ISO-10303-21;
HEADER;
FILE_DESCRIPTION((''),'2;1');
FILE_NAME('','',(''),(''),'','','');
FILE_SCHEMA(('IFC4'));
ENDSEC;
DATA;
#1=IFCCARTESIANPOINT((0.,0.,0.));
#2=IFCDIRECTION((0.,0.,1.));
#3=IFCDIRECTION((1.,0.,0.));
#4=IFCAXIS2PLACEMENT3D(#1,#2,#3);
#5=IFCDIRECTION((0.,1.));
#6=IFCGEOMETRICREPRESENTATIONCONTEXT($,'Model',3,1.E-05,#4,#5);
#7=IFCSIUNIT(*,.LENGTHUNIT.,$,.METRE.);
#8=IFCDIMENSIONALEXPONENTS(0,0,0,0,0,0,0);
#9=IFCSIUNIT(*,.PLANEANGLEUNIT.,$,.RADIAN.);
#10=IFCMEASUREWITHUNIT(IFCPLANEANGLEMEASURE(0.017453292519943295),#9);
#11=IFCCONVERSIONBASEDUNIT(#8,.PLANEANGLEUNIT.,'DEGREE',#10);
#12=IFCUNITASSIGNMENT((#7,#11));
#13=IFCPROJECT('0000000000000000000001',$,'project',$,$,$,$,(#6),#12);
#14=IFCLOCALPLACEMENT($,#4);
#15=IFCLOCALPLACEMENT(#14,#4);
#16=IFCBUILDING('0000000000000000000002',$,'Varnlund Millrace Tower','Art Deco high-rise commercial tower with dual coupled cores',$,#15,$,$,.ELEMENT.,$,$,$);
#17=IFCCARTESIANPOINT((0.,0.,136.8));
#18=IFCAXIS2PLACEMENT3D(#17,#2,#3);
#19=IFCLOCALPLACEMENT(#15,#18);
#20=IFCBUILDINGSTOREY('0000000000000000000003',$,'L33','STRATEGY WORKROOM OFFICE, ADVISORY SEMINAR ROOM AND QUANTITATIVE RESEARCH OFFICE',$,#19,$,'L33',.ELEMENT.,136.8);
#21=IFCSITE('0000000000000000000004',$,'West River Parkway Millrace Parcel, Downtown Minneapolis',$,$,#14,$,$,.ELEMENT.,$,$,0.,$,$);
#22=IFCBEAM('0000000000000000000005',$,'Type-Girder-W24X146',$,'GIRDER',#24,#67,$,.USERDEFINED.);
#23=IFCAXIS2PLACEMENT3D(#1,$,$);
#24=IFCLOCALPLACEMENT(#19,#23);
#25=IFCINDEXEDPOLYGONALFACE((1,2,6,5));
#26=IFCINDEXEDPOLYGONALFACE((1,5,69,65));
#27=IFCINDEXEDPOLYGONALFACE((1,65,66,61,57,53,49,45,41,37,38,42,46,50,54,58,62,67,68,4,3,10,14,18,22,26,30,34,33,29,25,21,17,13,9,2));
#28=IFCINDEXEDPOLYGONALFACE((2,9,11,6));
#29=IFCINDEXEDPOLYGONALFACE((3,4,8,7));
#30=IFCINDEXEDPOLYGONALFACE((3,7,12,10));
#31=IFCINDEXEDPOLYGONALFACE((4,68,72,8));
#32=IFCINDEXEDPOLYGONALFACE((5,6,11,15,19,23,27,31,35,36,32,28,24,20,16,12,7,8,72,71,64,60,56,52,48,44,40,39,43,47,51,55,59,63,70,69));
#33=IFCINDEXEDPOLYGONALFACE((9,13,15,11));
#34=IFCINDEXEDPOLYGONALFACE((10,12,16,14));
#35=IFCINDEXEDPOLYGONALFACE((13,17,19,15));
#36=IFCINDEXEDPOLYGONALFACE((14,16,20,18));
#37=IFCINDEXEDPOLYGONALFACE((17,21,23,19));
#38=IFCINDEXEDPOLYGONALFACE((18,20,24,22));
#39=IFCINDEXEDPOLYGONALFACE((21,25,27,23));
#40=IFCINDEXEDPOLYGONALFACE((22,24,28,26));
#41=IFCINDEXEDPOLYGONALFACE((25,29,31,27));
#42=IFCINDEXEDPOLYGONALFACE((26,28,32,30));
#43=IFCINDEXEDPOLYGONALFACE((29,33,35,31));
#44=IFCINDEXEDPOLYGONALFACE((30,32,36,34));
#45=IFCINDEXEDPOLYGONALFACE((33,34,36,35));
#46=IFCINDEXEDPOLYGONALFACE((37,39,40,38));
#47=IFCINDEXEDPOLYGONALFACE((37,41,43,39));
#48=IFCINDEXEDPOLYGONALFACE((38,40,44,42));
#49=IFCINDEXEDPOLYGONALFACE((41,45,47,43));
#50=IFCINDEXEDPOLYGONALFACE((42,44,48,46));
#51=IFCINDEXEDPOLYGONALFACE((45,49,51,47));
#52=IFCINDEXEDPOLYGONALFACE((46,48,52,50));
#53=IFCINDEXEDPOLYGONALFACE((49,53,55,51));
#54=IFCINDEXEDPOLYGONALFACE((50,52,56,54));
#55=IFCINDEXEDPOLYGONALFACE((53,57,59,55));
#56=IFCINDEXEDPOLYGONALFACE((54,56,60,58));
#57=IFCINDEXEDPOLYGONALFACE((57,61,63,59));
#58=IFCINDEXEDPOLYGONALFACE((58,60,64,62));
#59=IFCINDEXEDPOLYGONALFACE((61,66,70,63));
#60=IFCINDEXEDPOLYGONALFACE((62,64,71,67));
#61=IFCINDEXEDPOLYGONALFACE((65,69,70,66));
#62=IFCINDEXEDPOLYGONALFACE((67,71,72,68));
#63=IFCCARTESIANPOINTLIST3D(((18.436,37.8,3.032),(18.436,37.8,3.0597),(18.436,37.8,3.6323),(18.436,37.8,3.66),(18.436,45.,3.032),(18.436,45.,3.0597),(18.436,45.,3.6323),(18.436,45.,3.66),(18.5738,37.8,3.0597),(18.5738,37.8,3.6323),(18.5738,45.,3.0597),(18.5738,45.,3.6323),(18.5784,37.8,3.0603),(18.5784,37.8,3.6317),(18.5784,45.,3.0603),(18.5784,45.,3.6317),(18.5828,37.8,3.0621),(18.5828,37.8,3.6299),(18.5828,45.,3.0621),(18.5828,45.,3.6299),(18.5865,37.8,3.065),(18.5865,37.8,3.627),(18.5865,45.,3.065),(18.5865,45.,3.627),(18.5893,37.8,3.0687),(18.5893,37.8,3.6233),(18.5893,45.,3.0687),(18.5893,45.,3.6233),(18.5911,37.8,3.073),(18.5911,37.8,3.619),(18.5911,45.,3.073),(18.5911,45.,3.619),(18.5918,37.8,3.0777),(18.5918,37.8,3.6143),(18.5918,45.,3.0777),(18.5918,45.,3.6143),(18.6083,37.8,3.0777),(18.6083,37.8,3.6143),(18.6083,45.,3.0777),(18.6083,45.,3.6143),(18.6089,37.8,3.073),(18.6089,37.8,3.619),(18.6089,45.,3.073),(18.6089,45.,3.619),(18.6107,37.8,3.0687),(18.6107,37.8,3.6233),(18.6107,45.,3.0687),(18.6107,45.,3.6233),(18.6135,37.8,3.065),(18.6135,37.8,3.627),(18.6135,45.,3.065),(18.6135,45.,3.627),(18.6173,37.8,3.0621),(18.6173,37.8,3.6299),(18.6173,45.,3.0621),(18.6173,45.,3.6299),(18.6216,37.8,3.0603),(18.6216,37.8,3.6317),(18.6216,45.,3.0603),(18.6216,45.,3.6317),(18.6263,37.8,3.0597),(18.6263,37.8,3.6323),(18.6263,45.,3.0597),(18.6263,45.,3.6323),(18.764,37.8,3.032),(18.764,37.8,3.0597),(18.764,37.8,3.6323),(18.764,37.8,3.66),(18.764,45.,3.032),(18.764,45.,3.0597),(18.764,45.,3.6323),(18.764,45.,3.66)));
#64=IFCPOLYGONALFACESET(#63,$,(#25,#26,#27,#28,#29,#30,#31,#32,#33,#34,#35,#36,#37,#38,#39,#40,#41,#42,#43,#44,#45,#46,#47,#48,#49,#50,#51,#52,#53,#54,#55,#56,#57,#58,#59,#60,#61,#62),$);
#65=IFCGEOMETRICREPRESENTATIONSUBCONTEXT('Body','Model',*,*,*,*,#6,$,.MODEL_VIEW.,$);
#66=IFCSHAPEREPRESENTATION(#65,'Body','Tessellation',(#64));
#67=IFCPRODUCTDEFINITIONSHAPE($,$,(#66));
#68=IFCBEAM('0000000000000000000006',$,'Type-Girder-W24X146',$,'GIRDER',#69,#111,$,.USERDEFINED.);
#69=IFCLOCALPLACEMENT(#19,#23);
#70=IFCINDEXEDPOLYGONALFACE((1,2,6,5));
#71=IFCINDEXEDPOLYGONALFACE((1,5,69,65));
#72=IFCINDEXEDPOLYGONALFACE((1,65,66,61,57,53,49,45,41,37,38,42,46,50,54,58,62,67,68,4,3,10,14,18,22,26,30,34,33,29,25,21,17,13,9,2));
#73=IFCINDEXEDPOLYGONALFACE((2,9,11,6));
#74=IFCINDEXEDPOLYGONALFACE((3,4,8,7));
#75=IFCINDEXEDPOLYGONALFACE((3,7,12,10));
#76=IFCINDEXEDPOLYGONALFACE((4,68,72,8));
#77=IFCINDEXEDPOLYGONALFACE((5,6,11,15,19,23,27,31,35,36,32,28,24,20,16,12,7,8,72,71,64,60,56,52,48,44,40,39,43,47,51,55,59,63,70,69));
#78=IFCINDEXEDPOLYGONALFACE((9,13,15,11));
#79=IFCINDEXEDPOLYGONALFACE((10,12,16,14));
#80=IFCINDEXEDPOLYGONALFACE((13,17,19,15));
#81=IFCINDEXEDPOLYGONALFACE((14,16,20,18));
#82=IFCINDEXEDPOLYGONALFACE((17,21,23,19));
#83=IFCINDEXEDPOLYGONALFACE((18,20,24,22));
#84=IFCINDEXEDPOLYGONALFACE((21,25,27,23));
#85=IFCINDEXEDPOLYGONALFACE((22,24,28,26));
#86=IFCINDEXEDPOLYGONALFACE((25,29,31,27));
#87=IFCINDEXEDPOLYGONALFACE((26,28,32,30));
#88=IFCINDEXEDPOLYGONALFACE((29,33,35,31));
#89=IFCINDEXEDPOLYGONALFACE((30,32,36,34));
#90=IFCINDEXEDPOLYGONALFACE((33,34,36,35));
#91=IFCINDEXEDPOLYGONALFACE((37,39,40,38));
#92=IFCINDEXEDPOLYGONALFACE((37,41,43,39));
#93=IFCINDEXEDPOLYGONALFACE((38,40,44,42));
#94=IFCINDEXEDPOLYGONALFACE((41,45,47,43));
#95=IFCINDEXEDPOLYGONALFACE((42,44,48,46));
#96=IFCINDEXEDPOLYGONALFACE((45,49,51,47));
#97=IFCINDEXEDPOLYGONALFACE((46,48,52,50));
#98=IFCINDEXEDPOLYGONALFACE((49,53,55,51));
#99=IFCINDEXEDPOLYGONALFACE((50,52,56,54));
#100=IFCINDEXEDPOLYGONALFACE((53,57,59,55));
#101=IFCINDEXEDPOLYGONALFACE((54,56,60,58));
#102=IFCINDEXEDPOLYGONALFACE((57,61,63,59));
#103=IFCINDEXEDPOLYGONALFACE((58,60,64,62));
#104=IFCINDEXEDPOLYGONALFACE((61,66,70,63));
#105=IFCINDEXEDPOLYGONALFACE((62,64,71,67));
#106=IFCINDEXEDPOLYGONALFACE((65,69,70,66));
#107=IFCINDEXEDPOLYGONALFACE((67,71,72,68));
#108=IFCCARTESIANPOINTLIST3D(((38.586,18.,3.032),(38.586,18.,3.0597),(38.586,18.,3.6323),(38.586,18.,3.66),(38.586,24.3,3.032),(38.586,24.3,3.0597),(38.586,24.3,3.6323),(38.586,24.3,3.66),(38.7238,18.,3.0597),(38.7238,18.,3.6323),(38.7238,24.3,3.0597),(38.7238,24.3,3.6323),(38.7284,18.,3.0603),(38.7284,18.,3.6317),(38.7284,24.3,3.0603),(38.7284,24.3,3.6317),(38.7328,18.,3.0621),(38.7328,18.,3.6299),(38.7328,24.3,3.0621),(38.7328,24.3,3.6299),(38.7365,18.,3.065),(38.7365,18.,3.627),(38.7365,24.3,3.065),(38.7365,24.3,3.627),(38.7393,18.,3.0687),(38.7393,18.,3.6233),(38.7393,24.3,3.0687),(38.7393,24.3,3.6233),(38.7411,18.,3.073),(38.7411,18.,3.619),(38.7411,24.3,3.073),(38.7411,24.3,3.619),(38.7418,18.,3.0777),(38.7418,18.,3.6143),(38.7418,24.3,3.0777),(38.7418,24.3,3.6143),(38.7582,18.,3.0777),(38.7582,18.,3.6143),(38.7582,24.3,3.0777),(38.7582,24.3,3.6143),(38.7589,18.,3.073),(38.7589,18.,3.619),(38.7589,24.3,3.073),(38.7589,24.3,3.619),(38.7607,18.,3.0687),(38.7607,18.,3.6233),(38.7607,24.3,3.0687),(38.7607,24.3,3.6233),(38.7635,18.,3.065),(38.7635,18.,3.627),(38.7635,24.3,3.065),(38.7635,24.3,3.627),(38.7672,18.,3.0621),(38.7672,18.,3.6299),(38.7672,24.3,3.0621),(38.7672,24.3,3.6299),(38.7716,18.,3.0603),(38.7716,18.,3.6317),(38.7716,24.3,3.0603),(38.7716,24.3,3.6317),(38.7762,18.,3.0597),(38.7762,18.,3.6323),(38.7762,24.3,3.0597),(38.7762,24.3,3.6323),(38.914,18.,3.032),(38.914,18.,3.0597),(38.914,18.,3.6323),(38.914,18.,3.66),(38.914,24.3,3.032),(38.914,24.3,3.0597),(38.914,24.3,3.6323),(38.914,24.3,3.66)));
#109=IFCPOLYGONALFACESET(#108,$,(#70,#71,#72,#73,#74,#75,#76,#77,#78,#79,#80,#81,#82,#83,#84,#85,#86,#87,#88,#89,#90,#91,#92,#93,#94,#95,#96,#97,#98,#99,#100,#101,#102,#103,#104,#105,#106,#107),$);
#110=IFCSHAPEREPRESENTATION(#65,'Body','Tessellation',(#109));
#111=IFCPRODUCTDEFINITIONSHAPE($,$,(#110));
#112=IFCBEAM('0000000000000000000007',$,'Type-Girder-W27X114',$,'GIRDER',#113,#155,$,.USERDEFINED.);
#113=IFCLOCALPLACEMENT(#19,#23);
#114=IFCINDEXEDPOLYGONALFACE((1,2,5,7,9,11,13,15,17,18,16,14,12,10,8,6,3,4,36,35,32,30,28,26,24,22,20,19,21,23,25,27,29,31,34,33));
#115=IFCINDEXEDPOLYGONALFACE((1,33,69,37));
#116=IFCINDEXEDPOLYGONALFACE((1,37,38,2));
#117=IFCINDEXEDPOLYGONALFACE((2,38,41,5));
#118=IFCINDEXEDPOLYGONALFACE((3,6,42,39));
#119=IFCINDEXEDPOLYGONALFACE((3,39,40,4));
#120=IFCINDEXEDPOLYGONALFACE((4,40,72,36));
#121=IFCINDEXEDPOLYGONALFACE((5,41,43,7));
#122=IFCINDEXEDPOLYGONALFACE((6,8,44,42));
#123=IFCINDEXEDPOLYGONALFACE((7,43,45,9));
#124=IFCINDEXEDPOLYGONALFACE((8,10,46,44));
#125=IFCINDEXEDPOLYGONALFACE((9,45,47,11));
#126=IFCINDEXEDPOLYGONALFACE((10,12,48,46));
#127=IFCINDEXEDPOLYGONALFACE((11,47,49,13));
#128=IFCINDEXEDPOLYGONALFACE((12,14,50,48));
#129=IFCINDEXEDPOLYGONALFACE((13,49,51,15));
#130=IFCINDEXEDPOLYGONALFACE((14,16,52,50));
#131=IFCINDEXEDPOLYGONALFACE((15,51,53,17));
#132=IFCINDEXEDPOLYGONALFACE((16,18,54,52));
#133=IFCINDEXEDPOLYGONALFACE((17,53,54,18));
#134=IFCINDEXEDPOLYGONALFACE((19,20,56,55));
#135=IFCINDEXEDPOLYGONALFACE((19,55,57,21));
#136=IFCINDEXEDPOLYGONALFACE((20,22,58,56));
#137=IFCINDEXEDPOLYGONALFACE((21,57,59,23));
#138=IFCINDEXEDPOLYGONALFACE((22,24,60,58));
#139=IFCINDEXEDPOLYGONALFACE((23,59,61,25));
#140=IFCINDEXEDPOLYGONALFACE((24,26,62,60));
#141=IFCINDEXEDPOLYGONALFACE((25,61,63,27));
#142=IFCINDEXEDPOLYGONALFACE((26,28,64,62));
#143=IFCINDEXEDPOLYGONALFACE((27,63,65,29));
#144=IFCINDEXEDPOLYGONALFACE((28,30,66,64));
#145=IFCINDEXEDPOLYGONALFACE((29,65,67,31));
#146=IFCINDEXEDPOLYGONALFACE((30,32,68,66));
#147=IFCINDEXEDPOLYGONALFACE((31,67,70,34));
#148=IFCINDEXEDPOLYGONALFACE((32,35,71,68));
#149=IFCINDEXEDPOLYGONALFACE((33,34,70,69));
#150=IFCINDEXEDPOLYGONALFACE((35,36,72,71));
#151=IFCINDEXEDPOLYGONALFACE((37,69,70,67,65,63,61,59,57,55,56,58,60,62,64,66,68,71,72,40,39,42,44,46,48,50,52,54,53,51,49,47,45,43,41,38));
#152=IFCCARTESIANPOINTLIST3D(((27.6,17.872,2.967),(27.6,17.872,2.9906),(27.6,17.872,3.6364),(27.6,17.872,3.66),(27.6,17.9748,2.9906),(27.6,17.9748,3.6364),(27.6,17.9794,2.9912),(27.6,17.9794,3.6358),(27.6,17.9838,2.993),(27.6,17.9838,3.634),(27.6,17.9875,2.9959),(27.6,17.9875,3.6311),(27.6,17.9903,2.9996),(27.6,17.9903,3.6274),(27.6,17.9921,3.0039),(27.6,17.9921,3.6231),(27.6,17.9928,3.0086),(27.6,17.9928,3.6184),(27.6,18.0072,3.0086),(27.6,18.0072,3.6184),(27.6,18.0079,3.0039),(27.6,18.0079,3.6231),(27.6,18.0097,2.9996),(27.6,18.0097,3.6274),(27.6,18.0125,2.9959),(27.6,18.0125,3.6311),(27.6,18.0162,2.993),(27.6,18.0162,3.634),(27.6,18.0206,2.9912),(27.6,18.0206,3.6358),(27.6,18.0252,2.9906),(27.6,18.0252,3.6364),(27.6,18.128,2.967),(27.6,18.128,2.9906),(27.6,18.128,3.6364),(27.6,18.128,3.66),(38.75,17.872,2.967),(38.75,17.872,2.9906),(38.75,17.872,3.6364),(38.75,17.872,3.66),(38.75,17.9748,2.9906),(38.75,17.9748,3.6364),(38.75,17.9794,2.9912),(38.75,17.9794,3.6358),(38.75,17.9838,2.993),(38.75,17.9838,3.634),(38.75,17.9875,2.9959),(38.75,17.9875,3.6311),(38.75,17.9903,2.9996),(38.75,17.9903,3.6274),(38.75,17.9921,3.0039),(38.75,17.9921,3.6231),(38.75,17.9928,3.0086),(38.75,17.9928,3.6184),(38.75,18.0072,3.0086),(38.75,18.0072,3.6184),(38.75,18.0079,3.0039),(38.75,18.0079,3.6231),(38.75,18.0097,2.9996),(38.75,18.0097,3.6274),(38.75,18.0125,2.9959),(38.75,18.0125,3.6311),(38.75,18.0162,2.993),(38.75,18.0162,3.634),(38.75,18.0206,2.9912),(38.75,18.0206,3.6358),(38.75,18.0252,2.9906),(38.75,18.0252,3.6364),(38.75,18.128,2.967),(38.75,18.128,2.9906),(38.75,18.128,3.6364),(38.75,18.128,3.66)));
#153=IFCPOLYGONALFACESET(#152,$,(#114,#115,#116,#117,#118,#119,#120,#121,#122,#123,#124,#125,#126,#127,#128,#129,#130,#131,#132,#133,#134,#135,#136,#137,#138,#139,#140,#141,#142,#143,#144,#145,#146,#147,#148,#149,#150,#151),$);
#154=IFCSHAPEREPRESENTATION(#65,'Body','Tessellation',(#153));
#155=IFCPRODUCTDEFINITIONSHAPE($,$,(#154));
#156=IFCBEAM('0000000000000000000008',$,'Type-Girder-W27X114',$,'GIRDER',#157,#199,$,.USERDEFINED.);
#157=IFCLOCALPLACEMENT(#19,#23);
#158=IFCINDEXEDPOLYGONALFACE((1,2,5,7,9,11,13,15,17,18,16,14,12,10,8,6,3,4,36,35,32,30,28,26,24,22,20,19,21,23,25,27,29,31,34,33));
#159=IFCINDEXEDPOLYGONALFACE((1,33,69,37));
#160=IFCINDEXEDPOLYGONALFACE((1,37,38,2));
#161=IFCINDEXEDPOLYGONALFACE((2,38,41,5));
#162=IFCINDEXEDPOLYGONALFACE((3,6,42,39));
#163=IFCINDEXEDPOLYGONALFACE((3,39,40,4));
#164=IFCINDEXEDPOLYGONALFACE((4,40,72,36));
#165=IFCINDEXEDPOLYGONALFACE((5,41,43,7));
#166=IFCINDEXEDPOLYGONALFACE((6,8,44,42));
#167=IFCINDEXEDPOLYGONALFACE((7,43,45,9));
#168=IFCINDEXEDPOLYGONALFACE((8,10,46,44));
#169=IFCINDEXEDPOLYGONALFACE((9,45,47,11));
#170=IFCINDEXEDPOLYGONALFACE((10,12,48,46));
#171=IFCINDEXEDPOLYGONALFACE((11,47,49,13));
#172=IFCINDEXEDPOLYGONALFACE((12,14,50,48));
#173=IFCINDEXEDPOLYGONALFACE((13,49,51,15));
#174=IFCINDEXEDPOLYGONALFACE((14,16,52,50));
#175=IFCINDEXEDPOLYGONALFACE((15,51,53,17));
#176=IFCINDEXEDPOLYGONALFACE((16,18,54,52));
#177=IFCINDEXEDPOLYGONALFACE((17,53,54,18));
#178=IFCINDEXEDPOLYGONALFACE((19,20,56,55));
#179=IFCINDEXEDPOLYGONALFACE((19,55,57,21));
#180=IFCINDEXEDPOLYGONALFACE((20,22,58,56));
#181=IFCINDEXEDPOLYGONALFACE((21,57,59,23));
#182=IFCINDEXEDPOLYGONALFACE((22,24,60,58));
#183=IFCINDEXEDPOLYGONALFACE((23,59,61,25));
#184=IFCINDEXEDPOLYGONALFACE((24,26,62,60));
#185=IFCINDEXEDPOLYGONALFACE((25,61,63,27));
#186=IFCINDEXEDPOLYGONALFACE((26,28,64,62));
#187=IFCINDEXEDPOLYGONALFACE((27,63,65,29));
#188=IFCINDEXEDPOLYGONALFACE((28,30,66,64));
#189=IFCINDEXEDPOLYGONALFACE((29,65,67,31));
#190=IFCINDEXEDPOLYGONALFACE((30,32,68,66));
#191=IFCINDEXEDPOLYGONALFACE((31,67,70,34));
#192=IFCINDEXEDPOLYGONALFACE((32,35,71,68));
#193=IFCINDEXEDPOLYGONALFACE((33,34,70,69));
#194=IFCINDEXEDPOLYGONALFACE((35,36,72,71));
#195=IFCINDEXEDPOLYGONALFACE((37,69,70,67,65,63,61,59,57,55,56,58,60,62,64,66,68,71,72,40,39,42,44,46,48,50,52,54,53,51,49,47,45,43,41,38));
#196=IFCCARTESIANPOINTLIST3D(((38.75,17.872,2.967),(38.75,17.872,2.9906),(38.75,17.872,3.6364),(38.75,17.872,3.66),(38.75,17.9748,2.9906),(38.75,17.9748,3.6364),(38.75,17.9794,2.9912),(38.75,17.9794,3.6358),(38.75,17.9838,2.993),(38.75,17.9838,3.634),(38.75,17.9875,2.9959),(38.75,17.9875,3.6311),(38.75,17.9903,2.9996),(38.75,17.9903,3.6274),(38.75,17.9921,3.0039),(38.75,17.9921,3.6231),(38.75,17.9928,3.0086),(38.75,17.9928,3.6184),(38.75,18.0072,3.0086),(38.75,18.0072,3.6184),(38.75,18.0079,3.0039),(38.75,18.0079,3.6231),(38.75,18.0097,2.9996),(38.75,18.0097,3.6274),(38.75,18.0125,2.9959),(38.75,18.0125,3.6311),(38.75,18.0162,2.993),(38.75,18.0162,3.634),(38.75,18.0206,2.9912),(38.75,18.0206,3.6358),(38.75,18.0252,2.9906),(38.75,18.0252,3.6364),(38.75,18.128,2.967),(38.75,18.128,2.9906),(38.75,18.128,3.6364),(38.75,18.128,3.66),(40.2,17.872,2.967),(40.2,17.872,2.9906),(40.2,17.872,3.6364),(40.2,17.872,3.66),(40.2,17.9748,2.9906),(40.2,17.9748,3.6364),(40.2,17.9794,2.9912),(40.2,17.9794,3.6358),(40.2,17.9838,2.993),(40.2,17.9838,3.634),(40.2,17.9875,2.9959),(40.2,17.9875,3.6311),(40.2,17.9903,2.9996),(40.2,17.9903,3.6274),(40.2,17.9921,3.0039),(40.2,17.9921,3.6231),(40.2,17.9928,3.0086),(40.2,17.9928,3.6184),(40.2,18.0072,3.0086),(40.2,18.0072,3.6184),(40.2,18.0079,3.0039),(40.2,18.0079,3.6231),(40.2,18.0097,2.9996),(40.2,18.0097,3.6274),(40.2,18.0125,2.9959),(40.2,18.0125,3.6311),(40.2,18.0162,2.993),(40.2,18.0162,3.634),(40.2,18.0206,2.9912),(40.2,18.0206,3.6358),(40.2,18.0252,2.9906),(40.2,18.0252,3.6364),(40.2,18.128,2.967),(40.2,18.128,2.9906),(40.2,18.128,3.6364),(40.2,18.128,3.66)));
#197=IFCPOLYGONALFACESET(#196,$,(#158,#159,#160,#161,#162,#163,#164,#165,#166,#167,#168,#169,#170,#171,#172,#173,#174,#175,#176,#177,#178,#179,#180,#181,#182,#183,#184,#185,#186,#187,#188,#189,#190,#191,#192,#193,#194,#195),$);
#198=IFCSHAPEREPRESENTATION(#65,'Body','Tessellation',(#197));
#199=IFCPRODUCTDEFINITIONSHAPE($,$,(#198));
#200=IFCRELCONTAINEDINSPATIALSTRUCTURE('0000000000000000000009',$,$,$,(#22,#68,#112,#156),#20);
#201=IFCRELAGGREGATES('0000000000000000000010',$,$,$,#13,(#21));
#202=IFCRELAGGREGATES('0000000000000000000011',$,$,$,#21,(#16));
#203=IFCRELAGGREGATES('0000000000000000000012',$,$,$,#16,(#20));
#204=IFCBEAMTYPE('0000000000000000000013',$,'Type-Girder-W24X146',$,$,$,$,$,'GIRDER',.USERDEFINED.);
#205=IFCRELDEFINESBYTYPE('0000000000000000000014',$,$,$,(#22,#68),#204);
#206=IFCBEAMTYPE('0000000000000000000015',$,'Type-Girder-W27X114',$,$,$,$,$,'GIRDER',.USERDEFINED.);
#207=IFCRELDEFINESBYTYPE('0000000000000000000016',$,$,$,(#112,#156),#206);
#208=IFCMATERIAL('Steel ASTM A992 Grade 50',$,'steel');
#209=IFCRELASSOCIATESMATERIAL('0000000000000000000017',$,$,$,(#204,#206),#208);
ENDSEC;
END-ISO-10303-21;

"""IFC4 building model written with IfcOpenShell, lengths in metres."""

from ifc_helpers import new_model, entity, si_unit, converted_unit, direction, frame, origin_with_axes, origin_2d_with_axis, place, context, subcontext, project, spatial, i_section, extrude, material, material_profile, profile_set, type_object, element, save


model = new_model("IFC4")

# Units and contexts
model_context = context("Model", 3, precision=1e-05, world=origin_with_axes(), true_north=direction((0.0, 1.0)))
body_context = subcontext(model_context, "Body", "Model", "MODEL_VIEW")
ifc_project = project(units=[si_unit("LENGTHUNIT", "METRE"), converted_unit("PLANEANGLEUNIT", "DEGREE", entity("IfcPlaneAngleMeasure", 0.017453292519943295), si_unit("PLANEANGLEUNIT", "RADIAN"), dimensions=[0, 0, 0, 0, 0, 0, 0])], contexts=[model_context])

# Site, building, storey
site_placement = place(None, origin_with_axes())
site = spatial("IfcSite", under=ifc_project, at=site_placement, Name="West River Parkway Millrace Parcel, Downtown Minneapolis", CompositionType="ELEMENT", RefElevation=0.0)
building_placement = place(site_placement, origin_with_axes())
building = spatial("IfcBuilding", under=site, at=building_placement, Name="Varnlund Millrace Tower", Description="Art Deco high-rise commercial tower with dual coupled cores", CompositionType="ELEMENT")
storey_placement = place(building_placement, frame((0.0, 0.0, 136.8), z_axis=(0.0, 0.0, 1.0), x_axis=(1.0, 0.0, 0.0)))
storey = spatial("IfcBuildingStorey", under=building, at=storey_placement, Name="L33", Description="STRATEGY WORKROOM OFFICE, ADVISORY SEMINAR ROOM AND QUANTITATIVE RESEARCH OFFICE", LongName="L33", CompositionType="ELEMENT", Elevation=136.8)

# Beams
ifc_material_1 = material(Name="Steel ASTM A992 Grade 50", Category="steel")
ifc_material_profile_1 = material_profile(ifc_material_1, i_section(OverallWidth=0.328, OverallDepth=0.628, WebThickness=0.0165, FlangeThickness=0.0277, FilletRadius=0.018, at=origin_2d_with_axis()), Name="Steel ASTM A992 Grade 50")
ifc_profile_set_1 = profile_set([ifc_material_profile_1], Name="Steel ASTM A992 Grade 50")
beam_type_1 = type_object("IfcBeamType", Name="Type-Girder-W24X146", ElementType="GIRDER", PredefinedType="USERDEFINED", material=ifc_profile_set_1)
beam_1_placement = place(storey_placement, frame((18.6, 37.8, 3.346), z_axis=(0.0, 1.0, 0.0), x_axis=(-1.0, 0.0, 0.0)))
element("IfcBeam", 1, at=beam_1_placement, inside=storey, type_object=beam_type_1, Name="Type-Girder-W24X146", ObjectType="GIRDER", PredefinedType="USERDEFINED", context=body_context, shape_type="SweptSolid", body=[
    extrude(i_section(OverallWidth=0.328, OverallDepth=0.628, WebThickness=0.0165, FlangeThickness=0.0277, FilletRadius=0.018, at=origin_2d_with_axis()), origin_with_axes(), (0.0, 0.0, 1.0), 7.2),
])
beam_2_placement = place(storey_placement, frame((38.75, 18.0, 3.346), z_axis=(0.0, 1.0, 0.0), x_axis=(-1.0, 0.0, 0.0)))
element("IfcBeam", 2, at=beam_2_placement, inside=storey, type_object=beam_type_1, Name="Type-Girder-W24X146", ObjectType="GIRDER", PredefinedType="USERDEFINED", context=body_context, shape_type="SweptSolid", body=[
    extrude(i_section(OverallWidth=0.328, OverallDepth=0.628, WebThickness=0.0165, FlangeThickness=0.0277, FilletRadius=0.018, at=origin_2d_with_axis()), origin_with_axes(), (0.0, 0.0, 1.0), 6.3),
])
ifc_material_profile_2 = material_profile(ifc_material_1, i_section(OverallWidth=0.256, OverallDepth=0.693, WebThickness=0.0145, FlangeThickness=0.0236, FilletRadius=0.018, at=origin_2d_with_axis()), Name="Steel ASTM A992 Grade 50")
ifc_profile_set_2 = profile_set([ifc_material_profile_2], Name="Steel ASTM A992 Grade 50")
beam_type_2 = type_object("IfcBeamType", Name="Type-Girder-W27X114", ElementType="GIRDER", PredefinedType="USERDEFINED", material=ifc_profile_set_2)
beam_3_placement = place(storey_placement, frame((27.6, 18.0, 3.3135), z_axis=(1.0, 0.0, 0.0), x_axis=(0.0, 1.0, 0.0)))
element("IfcBeam", 3, at=beam_3_placement, inside=storey, type_object=beam_type_2, Name="Type-Girder-W27X114", ObjectType="GIRDER", PredefinedType="USERDEFINED", context=body_context, shape_type="SweptSolid", body=[
    extrude(i_section(OverallWidth=0.256, OverallDepth=0.693, WebThickness=0.0145, FlangeThickness=0.0236, FilletRadius=0.018, at=origin_2d_with_axis()), origin_with_axes(), (0.0, 0.0, 1.0), 11.15),
])
beam_4_placement = place(storey_placement, frame((38.75, 18.0, 3.3135), z_axis=(1.0, 0.0, 0.0), x_axis=(0.0, 1.0, 0.0)))
element("IfcBeam", 4, at=beam_4_placement, inside=storey, type_object=beam_type_2, Name="Type-Girder-W27X114", ObjectType="GIRDER", PredefinedType="USERDEFINED", context=body_context, shape_type="SweptSolid", body=[
    extrude(i_section(OverallWidth=0.256, OverallDepth=0.693, WebThickness=0.0145, FlangeThickness=0.0236, FilletRadius=0.018, at=origin_2d_with_axis()), origin_with_axes(), (0.0, 0.0, 1.0), 1.45),
])

save(model, "model.ifc")
